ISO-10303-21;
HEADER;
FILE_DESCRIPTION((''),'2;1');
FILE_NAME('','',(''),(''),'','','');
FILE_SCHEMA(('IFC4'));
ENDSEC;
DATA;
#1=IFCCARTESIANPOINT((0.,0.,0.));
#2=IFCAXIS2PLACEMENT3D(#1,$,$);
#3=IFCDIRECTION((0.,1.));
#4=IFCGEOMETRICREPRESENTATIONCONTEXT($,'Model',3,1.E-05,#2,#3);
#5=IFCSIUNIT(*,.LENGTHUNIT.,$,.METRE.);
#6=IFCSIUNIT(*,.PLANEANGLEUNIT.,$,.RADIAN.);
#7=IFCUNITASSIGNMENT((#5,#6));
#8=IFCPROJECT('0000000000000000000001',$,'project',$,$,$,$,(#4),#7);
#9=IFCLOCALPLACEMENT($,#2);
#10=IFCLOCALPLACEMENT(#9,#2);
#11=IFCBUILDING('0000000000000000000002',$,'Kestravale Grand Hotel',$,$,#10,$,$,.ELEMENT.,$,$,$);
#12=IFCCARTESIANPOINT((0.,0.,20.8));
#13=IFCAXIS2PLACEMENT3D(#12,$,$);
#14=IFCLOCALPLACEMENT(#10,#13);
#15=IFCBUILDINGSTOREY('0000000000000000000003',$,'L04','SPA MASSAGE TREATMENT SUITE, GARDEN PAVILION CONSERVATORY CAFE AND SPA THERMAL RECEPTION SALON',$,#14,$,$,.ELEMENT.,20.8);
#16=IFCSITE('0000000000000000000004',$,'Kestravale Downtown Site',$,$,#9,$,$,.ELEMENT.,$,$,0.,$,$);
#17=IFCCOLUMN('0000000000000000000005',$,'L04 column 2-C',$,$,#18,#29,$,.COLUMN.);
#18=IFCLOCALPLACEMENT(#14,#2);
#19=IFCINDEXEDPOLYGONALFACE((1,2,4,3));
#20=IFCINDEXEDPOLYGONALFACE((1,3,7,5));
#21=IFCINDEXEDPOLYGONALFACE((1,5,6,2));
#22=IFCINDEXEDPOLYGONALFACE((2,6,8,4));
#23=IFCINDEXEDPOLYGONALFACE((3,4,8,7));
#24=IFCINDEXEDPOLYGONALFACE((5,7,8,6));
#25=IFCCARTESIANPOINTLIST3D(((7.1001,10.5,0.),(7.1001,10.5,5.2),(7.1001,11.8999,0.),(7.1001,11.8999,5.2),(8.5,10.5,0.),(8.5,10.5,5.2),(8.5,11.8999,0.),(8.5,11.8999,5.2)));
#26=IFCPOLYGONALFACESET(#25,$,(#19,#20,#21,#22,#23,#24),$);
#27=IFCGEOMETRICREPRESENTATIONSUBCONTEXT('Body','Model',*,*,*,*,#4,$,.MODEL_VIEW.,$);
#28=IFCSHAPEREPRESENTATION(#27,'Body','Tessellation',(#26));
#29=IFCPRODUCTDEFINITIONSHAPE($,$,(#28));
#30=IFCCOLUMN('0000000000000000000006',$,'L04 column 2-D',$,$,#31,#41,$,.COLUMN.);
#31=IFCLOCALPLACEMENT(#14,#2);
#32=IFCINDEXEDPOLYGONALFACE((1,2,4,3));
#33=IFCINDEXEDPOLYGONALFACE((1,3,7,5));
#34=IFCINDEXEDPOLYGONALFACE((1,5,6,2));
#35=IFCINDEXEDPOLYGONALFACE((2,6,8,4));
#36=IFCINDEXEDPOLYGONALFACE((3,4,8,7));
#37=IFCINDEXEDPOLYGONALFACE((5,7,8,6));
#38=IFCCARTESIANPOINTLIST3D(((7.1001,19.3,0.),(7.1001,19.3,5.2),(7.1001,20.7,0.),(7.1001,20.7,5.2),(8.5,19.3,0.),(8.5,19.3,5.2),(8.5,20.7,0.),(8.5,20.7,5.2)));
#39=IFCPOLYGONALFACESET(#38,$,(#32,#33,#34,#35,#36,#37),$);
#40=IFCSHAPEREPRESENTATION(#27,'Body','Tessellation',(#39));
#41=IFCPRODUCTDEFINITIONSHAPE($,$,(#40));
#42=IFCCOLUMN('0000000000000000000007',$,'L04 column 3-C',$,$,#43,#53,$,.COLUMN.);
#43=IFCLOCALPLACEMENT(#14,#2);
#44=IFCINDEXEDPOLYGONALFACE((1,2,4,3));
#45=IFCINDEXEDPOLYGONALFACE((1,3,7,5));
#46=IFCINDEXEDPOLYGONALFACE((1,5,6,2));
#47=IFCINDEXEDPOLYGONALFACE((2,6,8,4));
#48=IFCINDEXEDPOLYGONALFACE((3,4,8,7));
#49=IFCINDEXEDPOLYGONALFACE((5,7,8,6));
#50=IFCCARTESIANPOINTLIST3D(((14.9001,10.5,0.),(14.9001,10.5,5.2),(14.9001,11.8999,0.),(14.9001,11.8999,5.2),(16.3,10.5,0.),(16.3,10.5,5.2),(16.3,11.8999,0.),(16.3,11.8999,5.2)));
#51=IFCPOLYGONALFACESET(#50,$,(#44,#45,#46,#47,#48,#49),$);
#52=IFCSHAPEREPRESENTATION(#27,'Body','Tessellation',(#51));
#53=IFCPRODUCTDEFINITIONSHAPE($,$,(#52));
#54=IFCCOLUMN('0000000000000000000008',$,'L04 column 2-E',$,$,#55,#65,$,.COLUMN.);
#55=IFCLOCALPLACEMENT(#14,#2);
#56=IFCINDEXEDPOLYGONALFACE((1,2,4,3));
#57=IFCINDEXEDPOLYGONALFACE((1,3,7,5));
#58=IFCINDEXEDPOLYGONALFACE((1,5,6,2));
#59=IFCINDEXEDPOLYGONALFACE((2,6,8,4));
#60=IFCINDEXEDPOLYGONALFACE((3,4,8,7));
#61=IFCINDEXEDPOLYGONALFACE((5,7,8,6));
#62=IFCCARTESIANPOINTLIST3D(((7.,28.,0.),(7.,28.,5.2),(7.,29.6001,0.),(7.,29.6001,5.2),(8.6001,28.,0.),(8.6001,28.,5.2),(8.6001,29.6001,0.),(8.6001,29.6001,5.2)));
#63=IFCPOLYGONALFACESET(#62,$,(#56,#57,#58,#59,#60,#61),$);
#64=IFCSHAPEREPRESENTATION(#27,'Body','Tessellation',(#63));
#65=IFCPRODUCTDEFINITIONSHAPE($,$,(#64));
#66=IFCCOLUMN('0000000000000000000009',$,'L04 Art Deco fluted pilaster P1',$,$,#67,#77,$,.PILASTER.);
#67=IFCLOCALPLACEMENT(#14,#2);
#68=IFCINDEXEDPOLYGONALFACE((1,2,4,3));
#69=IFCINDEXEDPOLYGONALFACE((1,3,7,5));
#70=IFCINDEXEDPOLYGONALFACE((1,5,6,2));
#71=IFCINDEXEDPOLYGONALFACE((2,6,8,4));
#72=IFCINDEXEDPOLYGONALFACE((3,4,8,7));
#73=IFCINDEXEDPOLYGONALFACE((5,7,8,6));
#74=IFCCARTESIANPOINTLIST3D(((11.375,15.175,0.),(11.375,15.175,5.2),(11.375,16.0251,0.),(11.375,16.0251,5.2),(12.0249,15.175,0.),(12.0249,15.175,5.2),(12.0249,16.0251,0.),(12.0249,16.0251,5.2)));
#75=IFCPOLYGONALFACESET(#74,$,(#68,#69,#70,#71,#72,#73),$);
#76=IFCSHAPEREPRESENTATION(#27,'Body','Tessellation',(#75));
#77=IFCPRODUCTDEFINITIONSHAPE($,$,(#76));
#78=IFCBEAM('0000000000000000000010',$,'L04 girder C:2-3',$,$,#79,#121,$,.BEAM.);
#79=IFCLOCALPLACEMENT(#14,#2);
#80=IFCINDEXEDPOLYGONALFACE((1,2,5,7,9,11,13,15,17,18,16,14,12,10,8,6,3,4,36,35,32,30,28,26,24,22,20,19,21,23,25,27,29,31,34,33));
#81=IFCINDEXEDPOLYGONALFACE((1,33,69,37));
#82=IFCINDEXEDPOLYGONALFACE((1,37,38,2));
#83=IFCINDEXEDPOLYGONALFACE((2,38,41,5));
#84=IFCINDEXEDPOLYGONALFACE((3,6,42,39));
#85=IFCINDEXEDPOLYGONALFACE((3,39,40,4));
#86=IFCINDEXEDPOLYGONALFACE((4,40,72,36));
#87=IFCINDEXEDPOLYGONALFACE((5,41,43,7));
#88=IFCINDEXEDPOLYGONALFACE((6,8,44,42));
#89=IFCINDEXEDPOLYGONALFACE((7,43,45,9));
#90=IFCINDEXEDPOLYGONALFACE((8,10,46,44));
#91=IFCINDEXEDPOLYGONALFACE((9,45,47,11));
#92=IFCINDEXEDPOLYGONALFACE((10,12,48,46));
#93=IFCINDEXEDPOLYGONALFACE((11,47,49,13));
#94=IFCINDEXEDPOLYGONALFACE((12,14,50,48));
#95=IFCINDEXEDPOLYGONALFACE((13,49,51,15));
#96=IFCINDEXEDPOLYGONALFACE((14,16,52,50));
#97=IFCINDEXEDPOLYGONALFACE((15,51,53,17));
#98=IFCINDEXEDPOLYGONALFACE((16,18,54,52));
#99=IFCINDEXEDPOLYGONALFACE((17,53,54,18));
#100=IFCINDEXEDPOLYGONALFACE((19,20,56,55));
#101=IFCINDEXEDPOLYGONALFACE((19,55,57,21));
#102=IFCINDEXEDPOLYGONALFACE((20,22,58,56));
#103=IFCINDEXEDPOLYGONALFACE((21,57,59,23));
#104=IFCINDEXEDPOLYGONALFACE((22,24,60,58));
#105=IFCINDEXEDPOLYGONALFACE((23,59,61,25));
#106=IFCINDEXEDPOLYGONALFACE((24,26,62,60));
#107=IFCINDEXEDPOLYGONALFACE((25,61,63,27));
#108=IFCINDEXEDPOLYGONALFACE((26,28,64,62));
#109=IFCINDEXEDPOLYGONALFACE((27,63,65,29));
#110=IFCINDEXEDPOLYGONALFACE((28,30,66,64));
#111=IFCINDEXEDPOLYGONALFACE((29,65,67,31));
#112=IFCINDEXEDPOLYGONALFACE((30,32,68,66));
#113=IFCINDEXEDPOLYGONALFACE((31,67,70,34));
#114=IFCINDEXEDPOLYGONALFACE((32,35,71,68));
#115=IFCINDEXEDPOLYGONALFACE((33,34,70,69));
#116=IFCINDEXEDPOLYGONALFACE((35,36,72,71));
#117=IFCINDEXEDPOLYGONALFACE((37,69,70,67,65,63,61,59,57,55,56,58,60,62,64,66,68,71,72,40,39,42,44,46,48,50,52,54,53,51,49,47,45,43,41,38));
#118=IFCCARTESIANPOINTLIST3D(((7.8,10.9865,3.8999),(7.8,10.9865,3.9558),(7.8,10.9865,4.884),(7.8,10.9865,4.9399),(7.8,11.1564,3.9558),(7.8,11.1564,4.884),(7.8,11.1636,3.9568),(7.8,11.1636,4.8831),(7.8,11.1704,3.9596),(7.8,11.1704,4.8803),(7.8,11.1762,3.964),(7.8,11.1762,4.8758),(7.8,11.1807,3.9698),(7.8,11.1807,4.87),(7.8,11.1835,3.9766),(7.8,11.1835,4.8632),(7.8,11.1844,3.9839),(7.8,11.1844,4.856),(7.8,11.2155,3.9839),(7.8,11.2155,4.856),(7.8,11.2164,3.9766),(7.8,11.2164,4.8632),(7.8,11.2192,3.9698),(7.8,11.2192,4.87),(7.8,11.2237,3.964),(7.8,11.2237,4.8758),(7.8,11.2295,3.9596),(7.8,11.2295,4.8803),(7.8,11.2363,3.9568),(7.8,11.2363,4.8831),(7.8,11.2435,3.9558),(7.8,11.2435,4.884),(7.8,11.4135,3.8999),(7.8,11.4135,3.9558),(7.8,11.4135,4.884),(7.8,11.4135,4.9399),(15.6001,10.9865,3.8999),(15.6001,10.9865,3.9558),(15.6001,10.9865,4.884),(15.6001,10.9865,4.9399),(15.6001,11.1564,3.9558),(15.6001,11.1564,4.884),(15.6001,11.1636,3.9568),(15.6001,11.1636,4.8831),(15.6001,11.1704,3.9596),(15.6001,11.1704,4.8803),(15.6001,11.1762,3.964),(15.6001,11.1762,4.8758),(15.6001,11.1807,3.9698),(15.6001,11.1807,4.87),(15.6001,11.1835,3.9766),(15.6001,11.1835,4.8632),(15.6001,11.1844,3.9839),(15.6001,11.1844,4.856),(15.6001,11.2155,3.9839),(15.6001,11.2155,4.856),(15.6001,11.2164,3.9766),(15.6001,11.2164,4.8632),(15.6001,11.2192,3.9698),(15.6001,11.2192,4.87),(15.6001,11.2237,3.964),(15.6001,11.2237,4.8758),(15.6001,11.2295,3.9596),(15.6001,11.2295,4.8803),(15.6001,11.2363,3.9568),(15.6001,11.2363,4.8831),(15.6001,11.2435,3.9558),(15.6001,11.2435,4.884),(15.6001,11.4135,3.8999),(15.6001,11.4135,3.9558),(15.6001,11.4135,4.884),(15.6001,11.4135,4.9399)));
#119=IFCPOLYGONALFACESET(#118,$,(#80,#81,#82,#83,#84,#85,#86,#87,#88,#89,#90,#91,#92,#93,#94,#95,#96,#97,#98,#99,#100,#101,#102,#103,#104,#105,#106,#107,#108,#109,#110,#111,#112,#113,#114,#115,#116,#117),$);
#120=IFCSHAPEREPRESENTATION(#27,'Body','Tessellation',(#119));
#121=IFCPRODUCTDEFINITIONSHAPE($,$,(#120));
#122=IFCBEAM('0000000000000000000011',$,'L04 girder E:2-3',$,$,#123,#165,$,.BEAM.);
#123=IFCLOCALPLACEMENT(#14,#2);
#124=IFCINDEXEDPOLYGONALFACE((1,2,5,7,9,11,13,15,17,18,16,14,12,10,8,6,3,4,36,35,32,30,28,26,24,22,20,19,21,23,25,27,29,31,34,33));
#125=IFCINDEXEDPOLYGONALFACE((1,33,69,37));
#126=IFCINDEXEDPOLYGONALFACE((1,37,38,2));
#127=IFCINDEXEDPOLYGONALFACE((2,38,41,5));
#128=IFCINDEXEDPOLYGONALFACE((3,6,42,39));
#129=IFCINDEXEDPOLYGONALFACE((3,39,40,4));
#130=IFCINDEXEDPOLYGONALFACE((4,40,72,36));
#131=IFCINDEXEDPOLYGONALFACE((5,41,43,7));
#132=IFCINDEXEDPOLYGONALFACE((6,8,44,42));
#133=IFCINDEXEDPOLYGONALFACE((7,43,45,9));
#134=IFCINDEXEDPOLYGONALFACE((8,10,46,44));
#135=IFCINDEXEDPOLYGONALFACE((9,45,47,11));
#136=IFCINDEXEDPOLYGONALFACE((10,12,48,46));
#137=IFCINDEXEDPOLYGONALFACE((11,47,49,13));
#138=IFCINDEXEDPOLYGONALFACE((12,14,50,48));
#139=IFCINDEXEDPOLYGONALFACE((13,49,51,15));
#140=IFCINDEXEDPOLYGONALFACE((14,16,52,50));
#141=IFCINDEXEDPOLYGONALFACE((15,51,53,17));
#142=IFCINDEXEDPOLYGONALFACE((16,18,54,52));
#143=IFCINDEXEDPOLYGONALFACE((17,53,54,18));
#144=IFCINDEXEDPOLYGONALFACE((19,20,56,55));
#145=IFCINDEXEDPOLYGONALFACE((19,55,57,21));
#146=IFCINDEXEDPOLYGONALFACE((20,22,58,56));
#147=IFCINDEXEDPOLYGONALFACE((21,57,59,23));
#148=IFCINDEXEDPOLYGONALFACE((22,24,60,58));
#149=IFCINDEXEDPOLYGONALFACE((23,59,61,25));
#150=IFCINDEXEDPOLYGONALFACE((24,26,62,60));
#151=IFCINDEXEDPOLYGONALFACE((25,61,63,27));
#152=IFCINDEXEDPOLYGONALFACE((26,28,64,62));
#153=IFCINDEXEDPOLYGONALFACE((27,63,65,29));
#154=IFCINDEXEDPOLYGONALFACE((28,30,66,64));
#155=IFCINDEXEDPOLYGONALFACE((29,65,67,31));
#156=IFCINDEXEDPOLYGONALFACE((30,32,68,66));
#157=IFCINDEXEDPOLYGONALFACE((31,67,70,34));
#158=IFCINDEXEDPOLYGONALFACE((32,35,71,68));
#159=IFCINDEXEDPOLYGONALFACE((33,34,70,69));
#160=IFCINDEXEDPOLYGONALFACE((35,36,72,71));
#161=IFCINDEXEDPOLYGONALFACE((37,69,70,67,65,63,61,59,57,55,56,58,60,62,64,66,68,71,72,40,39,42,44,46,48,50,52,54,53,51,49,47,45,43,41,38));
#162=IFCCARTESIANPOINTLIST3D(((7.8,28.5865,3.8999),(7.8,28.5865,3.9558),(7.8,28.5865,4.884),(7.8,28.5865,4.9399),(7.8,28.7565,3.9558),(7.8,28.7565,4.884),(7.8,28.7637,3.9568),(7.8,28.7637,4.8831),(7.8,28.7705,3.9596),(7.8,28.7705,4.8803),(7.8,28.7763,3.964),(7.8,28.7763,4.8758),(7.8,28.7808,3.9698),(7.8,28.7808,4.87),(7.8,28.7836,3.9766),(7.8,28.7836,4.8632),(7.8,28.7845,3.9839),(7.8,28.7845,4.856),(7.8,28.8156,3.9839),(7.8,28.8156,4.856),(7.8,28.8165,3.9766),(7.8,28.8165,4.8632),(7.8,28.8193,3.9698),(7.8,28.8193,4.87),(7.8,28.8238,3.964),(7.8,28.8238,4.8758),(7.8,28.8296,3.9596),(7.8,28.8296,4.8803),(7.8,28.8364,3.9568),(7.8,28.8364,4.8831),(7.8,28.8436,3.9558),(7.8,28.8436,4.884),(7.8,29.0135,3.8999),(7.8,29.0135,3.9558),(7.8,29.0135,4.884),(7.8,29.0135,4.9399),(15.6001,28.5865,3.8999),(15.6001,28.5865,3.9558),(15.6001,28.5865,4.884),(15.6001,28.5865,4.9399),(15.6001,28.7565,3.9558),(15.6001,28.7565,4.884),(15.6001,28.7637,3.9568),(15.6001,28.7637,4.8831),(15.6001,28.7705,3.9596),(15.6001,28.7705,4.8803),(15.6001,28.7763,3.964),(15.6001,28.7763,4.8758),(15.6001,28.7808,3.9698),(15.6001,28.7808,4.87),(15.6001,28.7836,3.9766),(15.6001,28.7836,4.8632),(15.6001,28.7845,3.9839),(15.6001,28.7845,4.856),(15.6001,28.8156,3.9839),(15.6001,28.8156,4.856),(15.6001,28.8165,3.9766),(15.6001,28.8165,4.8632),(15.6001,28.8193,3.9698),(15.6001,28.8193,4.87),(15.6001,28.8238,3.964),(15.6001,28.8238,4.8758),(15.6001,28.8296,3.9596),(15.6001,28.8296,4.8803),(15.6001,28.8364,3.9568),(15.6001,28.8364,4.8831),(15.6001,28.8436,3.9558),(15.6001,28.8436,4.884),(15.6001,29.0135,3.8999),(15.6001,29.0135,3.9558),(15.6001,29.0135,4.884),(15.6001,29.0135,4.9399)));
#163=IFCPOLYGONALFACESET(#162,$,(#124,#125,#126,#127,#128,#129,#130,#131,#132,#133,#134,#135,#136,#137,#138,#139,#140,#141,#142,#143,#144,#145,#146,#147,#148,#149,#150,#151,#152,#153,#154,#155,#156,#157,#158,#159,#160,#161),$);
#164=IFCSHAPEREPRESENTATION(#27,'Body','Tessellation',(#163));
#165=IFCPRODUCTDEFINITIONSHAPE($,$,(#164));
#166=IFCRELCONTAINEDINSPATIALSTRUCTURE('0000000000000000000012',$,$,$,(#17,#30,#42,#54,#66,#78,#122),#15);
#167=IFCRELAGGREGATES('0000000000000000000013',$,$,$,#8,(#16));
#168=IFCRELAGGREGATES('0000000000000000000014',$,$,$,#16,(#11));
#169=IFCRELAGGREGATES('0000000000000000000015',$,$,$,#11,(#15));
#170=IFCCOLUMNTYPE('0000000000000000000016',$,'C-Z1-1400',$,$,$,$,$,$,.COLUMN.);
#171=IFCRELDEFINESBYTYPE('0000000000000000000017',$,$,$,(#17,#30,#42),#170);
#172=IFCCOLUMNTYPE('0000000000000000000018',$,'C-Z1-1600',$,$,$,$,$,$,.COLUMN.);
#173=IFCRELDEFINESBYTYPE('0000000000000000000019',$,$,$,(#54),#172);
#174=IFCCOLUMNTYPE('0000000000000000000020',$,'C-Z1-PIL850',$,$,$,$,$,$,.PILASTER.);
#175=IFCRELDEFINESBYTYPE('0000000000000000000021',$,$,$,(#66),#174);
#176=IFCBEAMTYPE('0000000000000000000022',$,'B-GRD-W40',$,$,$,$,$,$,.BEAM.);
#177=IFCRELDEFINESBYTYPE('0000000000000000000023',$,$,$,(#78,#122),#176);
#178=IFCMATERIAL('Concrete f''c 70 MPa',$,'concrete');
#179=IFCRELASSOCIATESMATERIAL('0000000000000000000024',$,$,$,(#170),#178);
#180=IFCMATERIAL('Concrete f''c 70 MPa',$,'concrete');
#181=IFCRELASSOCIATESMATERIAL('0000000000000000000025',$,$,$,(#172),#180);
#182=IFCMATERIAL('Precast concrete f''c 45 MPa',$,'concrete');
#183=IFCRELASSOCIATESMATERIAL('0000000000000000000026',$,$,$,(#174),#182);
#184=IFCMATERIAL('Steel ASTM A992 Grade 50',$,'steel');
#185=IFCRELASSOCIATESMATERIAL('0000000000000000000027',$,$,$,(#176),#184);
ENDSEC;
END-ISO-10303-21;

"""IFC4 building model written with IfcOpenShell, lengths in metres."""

from ifc_helpers import new_model, si_unit, direction, frame, origin, origin_2d, place, context, subcontext, project, spatial, rectangle, i_section, extrude, material, material_profile, profile_set, type_object, element, save


model = new_model("IFC4")

# Units and contexts
model_context = context("Model", 3, precision=1e-05, world=origin(), true_north=direction((0.0, 1.0)))
body_context = subcontext(model_context, "Body", "Model", "MODEL_VIEW")
ifc_project = project(units=[si_unit("LENGTHUNIT", "METRE"), si_unit("PLANEANGLEUNIT", "RADIAN")], contexts=[model_context])

# Site, building, storey
site_placement = place(None, origin())
site = spatial("IfcSite", under=ifc_project, at=site_placement, Name="Kestravale Downtown Site", CompositionType="ELEMENT", RefElevation=0.0)
building_placement = place(site_placement, origin())
building = spatial("IfcBuilding", under=site, at=building_placement, Name="Kestravale Grand Hotel", CompositionType="ELEMENT")
storey_placement = place(building_placement, frame((0.0, 0.0, 20.8)))
storey = spatial("IfcBuildingStorey", under=building, at=storey_placement, Name="L04", Description="SPA MASSAGE TREATMENT SUITE, GARDEN PAVILION CONSERVATORY CAFE AND SPA THERMAL RECEPTION SALON", CompositionType="ELEMENT", Elevation=20.8)

# Columns
ifc_material_1 = material(Name="Concrete f'c 70 MPa", Category="concrete")
ifc_material_profile_1 = material_profile(ifc_material_1, rectangle(XDim=1.3999, YDim=1.3999, at=origin_2d()))
ifc_profile_set_1 = profile_set([ifc_material_profile_1], Name="Concrete f'c 70 MPa")
column_type_1 = type_object("IfcColumnType", Name="C-Z1-1400", PredefinedType="COLUMN", material=ifc_profile_set_1)
for number, where, z_axis, x_axis, name in (
    (1, (7.8, 11.2, 0.0), (0.0, 0.0, 1.0), (1.0, 0.0, 0.0), "L04 column 2-C"),
    (2, (7.8, 20.0, 0.0), (0.0, 0.0, 1.0), (1.0, 0.0, 0.0), "L04 column 2-D"),
    (3, (15.6001, 11.2, 0.0), (0.0, 0.0, 1.0), (1.0, 0.0, 0.0), "L04 column 3-C"),
):
    element("IfcColumn", number, at=place(storey_placement, frame(where, z_axis=z_axis, x_axis=x_axis)), inside=storey, type_object=column_type_1, Name=name, PredefinedType="COLUMN", context=body_context, shape_type="SweptSolid", body=[
        extrude(rectangle(XDim=1.3999, YDim=1.3999, at=origin_2d()), origin(), (0.0, 0.0, 1.0), 5.2),
    ])
ifc_material_2 = material(Name="Concrete f'c 70 MPa", Category="concrete")
ifc_material_profile_2 = material_profile(ifc_material_2, rectangle(XDim=1.6001, YDim=1.6001, at=origin_2d()))
ifc_profile_set_2 = profile_set([ifc_material_profile_2], Name="Concrete f'c 70 MPa")
column_type_2 = type_object("IfcColumnType", Name="C-Z1-1600", PredefinedType="COLUMN", material=ifc_profile_set_2)
column_1_placement = place(storey_placement, frame((7.8, 28.8, 0.0), z_axis=(0.0, 0.0, 1.0), x_axis=(1.0, 0.0, 0.0)))
element("IfcColumn", 4, at=column_1_placement, inside=storey, type_object=column_type_2, Name="L04 column 2-E", PredefinedType="COLUMN", context=body_context, shape_type="SweptSolid", body=[
    extrude(rectangle(XDim=1.6001, YDim=1.6001, at=origin_2d()), origin(), (0.0, 0.0, 1.0), 5.2),
])
ifc_material_3 = material(Name="Precast concrete f'c 45 MPa", Category="concrete")
ifc_material_profile_3 = material_profile(ifc_material_3, rectangle(XDim=0.6499, YDim=0.8501, at=origin_2d()))
ifc_profile_set_3 = profile_set([ifc_material_profile_3], Name="Precast concrete f'c 45 MPa")
column_type_3 = type_object("IfcColumnType", Name="C-Z1-PIL850", PredefinedType="PILASTER", material=ifc_profile_set_3)
column_2_placement = place(storey_placement, frame((11.7, 15.6001, 0.0), z_axis=(0.0, 0.0, 1.0), x_axis=(1.0, 0.0, 0.0)))
element("IfcColumn", 5, at=column_2_placement, inside=storey, type_object=column_type_3, Name="L04 Art Deco fluted pilaster P1", PredefinedType="PILASTER", context=body_context, shape_type="SweptSolid", body=[
    extrude(rectangle(XDim=0.6499, YDim=0.8501, at=origin_2d()), origin(), (0.0, 0.0, 1.0), 5.2),
])

# Beams
ifc_material_4 = material(Name="Steel ASTM A992 Grade 50", Category="steel")
ifc_material_profile_4 = material_profile(ifc_material_4, i_section(OverallWidth=0.427, OverallDepth=1.04, WebThickness=0.031, FlangeThickness=0.0559, FilletRadius=0.0281, at=origin_2d()))
ifc_profile_set_4 = profile_set([ifc_material_profile_4], Name="Steel ASTM A992 Grade 50")
beam_type_1 = type_object("IfcBeamType", Name="B-GRD-W40", PredefinedType="BEAM", material=ifc_profile_set_4)
for number, where, z_axis, x_axis, name in (
    (6, (7.8, 11.2, 4.4199), (1.0, 0.0, 0.0), (0.0, 1.0, 0.0), "L04 girder C:2-3"),
    (7, (7.8, 28.8, 4.4199), (1.0, 0.0, 0.0), (0.0, 1.0, 0.0), "L04 girder E:2-3"),
):
    element("IfcBeam", number, at=place(storey_placement, frame(where, z_axis=z_axis, x_axis=x_axis)), inside=storey, type_object=beam_type_1, Name=name, PredefinedType="BEAM", context=body_context, shape_type="SweptSolid", body=[
        extrude(i_section(OverallWidth=0.427, OverallDepth=1.04, WebThickness=0.031, FlangeThickness=0.0559, FilletRadius=0.0281, at=origin_2d()), origin(), (0.0, 0.0, 1.0), 7.8),
    ])

save(model, "model.ifc")
